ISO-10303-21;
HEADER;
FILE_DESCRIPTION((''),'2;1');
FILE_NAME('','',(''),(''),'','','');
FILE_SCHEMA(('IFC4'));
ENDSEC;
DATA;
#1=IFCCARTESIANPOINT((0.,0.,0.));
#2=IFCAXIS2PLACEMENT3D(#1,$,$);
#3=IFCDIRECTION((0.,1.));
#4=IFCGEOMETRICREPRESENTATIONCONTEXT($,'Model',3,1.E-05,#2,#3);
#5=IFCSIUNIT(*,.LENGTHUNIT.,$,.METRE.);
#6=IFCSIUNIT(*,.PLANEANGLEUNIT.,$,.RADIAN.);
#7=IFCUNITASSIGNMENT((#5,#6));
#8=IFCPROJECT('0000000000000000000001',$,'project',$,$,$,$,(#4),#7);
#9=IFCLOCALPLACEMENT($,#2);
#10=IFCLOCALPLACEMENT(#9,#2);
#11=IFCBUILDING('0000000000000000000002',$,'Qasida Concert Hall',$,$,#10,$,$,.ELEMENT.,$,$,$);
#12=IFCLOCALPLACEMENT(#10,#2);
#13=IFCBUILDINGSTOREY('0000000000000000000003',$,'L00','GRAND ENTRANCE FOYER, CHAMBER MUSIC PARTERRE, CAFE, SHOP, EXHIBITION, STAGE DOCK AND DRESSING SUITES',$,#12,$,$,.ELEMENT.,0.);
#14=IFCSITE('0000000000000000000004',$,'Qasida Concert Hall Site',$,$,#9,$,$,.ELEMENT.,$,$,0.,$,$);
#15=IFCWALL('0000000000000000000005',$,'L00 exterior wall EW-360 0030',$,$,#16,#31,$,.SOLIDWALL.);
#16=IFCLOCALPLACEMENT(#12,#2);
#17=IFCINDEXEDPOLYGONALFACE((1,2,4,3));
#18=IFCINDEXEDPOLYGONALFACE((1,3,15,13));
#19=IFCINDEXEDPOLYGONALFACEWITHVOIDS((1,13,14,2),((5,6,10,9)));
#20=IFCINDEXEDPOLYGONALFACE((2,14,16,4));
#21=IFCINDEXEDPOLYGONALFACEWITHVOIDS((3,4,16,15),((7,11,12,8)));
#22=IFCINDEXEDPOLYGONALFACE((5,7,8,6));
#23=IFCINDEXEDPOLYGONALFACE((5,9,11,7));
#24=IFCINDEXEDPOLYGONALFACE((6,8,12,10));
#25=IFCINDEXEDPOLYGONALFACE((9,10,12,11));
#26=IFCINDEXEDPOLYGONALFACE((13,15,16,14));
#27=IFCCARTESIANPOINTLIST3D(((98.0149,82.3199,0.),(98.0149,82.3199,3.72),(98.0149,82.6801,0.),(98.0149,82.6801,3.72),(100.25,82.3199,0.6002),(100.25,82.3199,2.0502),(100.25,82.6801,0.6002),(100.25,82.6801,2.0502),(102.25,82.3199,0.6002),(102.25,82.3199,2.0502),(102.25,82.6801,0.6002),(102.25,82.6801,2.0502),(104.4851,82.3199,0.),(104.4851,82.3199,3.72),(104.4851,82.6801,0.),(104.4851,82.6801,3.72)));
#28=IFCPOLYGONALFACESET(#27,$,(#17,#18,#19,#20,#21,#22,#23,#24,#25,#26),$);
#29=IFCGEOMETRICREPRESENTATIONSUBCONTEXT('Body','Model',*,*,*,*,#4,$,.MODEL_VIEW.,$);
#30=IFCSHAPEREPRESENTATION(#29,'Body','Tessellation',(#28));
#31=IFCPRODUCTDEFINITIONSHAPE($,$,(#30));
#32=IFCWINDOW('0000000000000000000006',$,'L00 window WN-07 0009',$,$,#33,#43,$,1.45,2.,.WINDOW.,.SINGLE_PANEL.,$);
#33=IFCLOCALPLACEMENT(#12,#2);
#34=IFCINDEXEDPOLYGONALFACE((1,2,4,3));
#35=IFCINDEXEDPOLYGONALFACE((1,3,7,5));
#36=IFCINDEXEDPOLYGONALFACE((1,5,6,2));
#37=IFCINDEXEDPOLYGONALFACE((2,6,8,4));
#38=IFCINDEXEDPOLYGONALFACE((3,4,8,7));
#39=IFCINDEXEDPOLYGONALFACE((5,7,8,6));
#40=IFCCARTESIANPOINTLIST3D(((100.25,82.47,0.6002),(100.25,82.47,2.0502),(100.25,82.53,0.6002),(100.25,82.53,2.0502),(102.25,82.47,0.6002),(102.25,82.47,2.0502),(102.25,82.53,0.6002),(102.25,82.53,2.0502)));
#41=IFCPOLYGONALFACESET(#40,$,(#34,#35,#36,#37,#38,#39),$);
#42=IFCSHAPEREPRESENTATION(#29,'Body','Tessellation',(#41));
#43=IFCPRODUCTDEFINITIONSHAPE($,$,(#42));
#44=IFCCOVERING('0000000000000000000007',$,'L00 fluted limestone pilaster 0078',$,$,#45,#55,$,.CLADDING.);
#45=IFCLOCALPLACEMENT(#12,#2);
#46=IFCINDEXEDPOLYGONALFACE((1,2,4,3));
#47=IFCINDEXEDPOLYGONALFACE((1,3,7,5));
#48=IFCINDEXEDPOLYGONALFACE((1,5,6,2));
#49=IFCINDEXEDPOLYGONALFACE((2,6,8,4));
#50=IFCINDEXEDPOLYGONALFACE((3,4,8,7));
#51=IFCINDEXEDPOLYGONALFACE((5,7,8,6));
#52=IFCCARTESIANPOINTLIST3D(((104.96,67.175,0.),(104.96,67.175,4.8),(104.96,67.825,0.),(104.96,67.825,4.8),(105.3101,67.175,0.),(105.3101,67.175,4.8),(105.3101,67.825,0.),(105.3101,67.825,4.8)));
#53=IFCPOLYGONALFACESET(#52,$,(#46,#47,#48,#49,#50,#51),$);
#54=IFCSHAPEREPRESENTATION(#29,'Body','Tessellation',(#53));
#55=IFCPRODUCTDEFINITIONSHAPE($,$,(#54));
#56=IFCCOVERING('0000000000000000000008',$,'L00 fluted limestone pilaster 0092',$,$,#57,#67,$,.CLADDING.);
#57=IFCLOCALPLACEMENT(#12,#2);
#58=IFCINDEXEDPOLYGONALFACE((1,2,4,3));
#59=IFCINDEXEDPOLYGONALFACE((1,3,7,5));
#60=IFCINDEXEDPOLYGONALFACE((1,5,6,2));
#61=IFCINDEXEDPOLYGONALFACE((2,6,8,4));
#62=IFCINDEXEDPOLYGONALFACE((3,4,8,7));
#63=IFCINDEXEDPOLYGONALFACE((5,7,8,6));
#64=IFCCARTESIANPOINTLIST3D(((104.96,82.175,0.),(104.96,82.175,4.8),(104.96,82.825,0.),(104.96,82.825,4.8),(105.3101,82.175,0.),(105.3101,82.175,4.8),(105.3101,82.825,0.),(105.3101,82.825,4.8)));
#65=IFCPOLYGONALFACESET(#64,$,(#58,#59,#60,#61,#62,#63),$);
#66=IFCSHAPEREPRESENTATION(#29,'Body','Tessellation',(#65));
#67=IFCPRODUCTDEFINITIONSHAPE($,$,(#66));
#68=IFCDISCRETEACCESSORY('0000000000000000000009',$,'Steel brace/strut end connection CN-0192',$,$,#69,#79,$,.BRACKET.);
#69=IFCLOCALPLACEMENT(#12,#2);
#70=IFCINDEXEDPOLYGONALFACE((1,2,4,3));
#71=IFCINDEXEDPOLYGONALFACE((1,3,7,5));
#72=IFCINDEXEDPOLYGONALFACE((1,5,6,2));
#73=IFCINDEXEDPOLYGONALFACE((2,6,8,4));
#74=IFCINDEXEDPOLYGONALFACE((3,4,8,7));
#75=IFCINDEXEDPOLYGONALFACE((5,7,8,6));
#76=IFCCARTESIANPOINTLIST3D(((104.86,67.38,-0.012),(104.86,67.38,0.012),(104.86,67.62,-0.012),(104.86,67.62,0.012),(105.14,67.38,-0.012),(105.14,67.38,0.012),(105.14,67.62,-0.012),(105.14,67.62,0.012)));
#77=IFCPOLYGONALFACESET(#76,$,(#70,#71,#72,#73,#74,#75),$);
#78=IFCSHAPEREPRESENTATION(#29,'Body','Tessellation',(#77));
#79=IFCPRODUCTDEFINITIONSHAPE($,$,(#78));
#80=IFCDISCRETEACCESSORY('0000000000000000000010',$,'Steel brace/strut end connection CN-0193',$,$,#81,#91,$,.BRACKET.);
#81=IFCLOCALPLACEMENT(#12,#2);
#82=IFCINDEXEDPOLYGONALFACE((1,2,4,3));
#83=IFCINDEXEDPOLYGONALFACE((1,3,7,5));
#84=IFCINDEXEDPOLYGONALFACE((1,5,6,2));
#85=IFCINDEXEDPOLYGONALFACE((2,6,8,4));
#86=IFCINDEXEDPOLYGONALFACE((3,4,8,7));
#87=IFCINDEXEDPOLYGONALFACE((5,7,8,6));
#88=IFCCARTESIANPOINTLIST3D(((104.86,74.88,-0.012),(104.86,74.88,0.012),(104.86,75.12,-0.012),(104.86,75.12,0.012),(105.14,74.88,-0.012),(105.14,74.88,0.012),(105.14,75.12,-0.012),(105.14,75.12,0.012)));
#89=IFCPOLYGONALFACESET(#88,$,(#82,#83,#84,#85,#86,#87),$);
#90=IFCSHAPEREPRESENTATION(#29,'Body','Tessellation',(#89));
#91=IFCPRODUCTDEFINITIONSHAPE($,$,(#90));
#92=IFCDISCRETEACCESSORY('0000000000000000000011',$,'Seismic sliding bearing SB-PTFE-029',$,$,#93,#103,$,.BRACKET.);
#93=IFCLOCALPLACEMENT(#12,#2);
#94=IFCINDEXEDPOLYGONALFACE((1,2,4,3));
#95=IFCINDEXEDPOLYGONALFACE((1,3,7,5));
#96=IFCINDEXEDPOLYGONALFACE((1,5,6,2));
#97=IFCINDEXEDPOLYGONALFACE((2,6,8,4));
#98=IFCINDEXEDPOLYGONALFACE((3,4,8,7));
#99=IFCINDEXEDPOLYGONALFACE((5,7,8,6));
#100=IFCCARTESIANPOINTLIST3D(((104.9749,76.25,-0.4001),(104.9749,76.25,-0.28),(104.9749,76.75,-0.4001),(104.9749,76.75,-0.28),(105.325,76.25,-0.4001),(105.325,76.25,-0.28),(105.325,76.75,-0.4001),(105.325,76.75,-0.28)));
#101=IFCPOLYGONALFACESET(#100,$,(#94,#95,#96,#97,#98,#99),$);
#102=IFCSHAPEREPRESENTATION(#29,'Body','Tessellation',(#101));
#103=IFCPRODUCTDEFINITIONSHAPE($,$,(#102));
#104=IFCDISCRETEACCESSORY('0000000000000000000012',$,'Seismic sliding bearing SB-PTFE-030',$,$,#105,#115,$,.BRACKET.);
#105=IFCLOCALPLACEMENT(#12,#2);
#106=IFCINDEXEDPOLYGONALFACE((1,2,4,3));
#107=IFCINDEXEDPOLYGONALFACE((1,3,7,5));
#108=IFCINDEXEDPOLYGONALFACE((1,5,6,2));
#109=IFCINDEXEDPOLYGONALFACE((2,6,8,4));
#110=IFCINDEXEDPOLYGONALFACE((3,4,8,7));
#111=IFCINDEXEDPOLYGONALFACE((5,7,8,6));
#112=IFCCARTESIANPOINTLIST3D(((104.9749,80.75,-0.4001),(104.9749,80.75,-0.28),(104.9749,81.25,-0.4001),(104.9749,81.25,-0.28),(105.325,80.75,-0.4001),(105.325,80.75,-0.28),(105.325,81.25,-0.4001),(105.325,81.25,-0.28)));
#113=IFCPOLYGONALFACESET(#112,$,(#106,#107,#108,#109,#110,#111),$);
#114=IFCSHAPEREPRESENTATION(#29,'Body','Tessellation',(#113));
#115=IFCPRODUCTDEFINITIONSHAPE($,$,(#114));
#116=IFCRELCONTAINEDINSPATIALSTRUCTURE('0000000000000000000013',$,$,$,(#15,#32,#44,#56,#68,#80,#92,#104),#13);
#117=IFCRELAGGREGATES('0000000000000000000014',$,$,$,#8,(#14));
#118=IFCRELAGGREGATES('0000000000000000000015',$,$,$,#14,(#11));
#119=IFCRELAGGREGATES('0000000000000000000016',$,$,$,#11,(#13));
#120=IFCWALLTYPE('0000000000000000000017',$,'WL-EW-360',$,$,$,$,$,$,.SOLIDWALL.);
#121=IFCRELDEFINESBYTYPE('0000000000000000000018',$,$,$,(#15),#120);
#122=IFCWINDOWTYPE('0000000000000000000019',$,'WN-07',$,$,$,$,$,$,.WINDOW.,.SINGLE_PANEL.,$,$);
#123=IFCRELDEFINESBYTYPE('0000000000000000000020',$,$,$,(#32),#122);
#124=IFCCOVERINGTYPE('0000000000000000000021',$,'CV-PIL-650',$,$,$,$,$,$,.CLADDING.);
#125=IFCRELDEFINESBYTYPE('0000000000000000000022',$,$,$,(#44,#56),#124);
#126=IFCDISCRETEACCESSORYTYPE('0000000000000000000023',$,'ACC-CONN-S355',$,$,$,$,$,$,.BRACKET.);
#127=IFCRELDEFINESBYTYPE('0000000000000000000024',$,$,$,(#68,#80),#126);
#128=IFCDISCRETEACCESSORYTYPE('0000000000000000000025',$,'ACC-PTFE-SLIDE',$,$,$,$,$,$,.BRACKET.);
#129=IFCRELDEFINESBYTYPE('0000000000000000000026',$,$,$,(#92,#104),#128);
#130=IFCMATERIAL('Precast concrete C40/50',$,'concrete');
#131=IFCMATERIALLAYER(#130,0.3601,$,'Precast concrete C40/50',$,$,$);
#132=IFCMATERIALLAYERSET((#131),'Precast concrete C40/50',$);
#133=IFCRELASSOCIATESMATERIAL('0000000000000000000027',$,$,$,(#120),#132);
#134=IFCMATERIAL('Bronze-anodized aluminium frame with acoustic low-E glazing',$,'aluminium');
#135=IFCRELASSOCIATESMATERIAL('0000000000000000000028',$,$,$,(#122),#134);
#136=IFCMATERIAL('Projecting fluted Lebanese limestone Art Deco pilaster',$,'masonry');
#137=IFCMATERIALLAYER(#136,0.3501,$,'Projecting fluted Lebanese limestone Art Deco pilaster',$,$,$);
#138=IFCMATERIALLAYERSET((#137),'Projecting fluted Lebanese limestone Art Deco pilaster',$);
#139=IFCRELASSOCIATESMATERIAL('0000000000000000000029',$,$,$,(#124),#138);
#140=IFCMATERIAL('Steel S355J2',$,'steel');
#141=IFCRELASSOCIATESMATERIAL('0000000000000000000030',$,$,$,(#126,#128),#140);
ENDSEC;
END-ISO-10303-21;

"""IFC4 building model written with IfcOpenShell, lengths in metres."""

from ifc_helpers import new_model, si_unit, direction, frame, frame_2d, origin, origin_2d, place, context, subcontext, project, spatial, rectangle, extrude, material, layer, layer_set, type_object, element, fill, save


model = new_model("IFC4")

# Units and contexts
model_context = context("Model", 3, precision=1e-05, world=origin(), true_north=direction((0.0, 1.0)))
body_context = subcontext(model_context, "Body", "Model", "MODEL_VIEW")
ifc_project = project(units=[si_unit("LENGTHUNIT", "METRE"), si_unit("PLANEANGLEUNIT", "RADIAN")], contexts=[model_context])

# Site, building, storey
site_placement = place(None, origin())
site = spatial("IfcSite", under=ifc_project, at=site_placement, Name="Qasida Concert Hall Site", CompositionType="ELEMENT", RefElevation=0.0)
building_placement = place(site_placement, origin())
building = spatial("IfcBuilding", under=site, at=building_placement, Name="Qasida Concert Hall", CompositionType="ELEMENT")
storey_placement = place(building_placement, origin())
storey = spatial("IfcBuildingStorey", under=building, at=storey_placement, Name="L00", Description="GRAND ENTRANCE FOYER, CHAMBER MUSIC PARTERRE, CAFE, SHOP, EXHIBITION, STAGE DOCK AND DRESSING SUITES", CompositionType="ELEMENT", Elevation=0.0)

# Shared definitions
ifc_material_1 = material(Name="Steel S355J2", Category="steel")

# Shared definitions
ifc_material_2 = material(Name="Precast concrete C40/50", Category="concrete")
ifc_layer_1 = layer(ifc_material_2, 0.3601, Name="Precast concrete C40/50")
ifc_layer_set_1 = layer_set([ifc_layer_1], Name="Precast concrete C40/50")
wall_type = type_object("IfcWallType", Name="WL-EW-360", PredefinedType="SOLIDWALL", material=ifc_layer_set_1)

# Wall, opening, window
wall_1_placement = place(storey_placement, frame((98.0149, 82.5, 0.0), z_axis=(0.0, 0.0, 1.0), x_axis=(1.0, 0.0, 0.0)))
wall_1 = element("IfcWall", 1, at=wall_1_placement, inside=storey, type_object=wall_type, Name="L00 exterior wall EW-360 0030", PredefinedType="SOLIDWALL", context=body_context, shape_type="SweptSolid", body=[
    extrude(rectangle(XDim=6.4702, YDim=0.3601, at=frame_2d((3.2351, 0.0))), origin(), (0.0, 0.0, 1.0), 3.72),
])
opening_placement = place(wall_1_placement, frame((2.2351, 0.0, 0.6001)))
opening = element("IfcOpeningElement", 2, at=opening_placement, cuts=wall_1, PredefinedType="OPENING", context=body_context, shape_type="SweptSolid", body=[
    extrude(rectangle(XDim=2.0, YDim=1.45, at=frame_2d((1.0, 0.7251))), frame((0.0, 0.1899, 0.0), z_axis=(0.0, -1.0, 0.0), x_axis=(1.0, 0.0, 0.0)), (0.0, 0.0, 1.0), 0.3801),
])
ifc_material_3 = material(Name="Bronze-anodized aluminium frame with acoustic low-E glazing", Category="aluminium")
window_type = type_object("IfcWindowType", Name="WN-07", PartitioningType="SINGLE_PANEL", PredefinedType="WINDOW", material=ifc_material_3)
window_placement = place(opening_placement, origin())
window = element("IfcWindow", 3, at=window_placement, inside=storey, type_object=window_type, Name="L00 window WN-07 0009", OverallHeight=1.45, OverallWidth=2.0, PartitioningType="SINGLE_PANEL", PredefinedType="WINDOW", context=body_context, shape_type="SweptSolid", body=[
    extrude(rectangle(XDim=2.0, YDim=1.45, at=frame_2d((1.0, 0.7251))), frame((0.0, 0.03, 0.0), z_axis=(0.0, -1.0, 0.0), x_axis=(1.0, 0.0, 0.0)), (0.0, 0.0, 1.0), 0.0601),
])
fill(opening, window)

# Coverings
ifc_material_4 = material(Name="Projecting fluted Lebanese limestone Art Deco pilaster", Category="masonry")
ifc_layer_2 = layer(ifc_material_4, 0.3501, Name="Projecting fluted Lebanese limestone Art Deco pilaster")
ifc_layer_set_2 = layer_set([ifc_layer_2], Name="Projecting fluted Lebanese limestone Art Deco pilaster")
covering_type = type_object("IfcCoveringType", Name="CV-PIL-650", PredefinedType="CLADDING", material=ifc_layer_set_2)
for number, where, z_axis, x_axis, name in (
    (4, (105.135, 67.5, 0.0), (0.0, 0.0, 1.0), (1.0, 0.0, 0.0), "L00 fluted limestone pilaster 0078"),
    (5, (105.135, 82.5, 0.0), (0.0, 0.0, 1.0), (1.0, 0.0, 0.0), "L00 fluted limestone pilaster 0092"),
):
    element("IfcCovering", number, at=place(storey_placement, frame(where, z_axis=z_axis, x_axis=x_axis)), inside=storey, type_object=covering_type, Name=name, PredefinedType="CLADDING", context=body_context, shape_type="SweptSolid", body=[
        extrude(rectangle(XDim=0.3501, YDim=0.6499, at=origin_2d()), origin(), (0.0, 0.0, 1.0), 4.8),
    ])

# Discrete accessories
discrete_accessory_type_1 = type_object("IfcDiscreteAccessoryType", Name="ACC-CONN-S355", PredefinedType="BRACKET", material=ifc_material_1)
for number, where, z_axis, x_axis, name in (
    (6, (105.0, 67.5, -0.012), (0.0, 0.0, 1.0), (1.0, 0.0, 0.0), "Steel brace/strut end connection CN-0192"),
    (7, (105.0, 75.0, -0.012), (0.0, 0.0, 1.0), (1.0, 0.0, 0.0), "Steel brace/strut end connection CN-0193"),
):
    element("IfcDiscreteAccessory", number, at=place(storey_placement, frame(where, z_axis=z_axis, x_axis=x_axis)), inside=storey, type_object=discrete_accessory_type_1, Name=name, PredefinedType="BRACKET", context=body_context, shape_type="SweptSolid", body=[
        extrude(rectangle(XDim=0.28, YDim=0.24, at=origin_2d()), origin(), (0.0, 0.0, 1.0), 0.0239),
    ])
discrete_accessory_type_2 = type_object("IfcDiscreteAccessoryType", Name="ACC-PTFE-SLIDE", PredefinedType="BRACKET", material=ifc_material_1)
for number, where, z_axis, x_axis, name in (
    (8, (105.1499, 76.5, -0.4001), (0.0, 0.0, 1.0), (1.0, 0.0, 0.0), "Seismic sliding bearing SB-PTFE-029"),
    (9, (105.1499, 81.0, -0.4001), (0.0, 0.0, 1.0), (1.0, 0.0, 0.0), "Seismic sliding bearing SB-PTFE-030"),
):
    element("IfcDiscreteAccessory", number, at=place(storey_placement, frame(where, z_axis=z_axis, x_axis=x_axis)), inside=storey, type_object=discrete_accessory_type_2, Name=name, PredefinedType="BRACKET", context=body_context, shape_type="SweptSolid", body=[
        extrude(rectangle(XDim=0.3501, YDim=0.5, at=origin_2d()), origin(), (0.0, 0.0, 1.0), 0.1201),
    ])

save(model, "model.ifc")
